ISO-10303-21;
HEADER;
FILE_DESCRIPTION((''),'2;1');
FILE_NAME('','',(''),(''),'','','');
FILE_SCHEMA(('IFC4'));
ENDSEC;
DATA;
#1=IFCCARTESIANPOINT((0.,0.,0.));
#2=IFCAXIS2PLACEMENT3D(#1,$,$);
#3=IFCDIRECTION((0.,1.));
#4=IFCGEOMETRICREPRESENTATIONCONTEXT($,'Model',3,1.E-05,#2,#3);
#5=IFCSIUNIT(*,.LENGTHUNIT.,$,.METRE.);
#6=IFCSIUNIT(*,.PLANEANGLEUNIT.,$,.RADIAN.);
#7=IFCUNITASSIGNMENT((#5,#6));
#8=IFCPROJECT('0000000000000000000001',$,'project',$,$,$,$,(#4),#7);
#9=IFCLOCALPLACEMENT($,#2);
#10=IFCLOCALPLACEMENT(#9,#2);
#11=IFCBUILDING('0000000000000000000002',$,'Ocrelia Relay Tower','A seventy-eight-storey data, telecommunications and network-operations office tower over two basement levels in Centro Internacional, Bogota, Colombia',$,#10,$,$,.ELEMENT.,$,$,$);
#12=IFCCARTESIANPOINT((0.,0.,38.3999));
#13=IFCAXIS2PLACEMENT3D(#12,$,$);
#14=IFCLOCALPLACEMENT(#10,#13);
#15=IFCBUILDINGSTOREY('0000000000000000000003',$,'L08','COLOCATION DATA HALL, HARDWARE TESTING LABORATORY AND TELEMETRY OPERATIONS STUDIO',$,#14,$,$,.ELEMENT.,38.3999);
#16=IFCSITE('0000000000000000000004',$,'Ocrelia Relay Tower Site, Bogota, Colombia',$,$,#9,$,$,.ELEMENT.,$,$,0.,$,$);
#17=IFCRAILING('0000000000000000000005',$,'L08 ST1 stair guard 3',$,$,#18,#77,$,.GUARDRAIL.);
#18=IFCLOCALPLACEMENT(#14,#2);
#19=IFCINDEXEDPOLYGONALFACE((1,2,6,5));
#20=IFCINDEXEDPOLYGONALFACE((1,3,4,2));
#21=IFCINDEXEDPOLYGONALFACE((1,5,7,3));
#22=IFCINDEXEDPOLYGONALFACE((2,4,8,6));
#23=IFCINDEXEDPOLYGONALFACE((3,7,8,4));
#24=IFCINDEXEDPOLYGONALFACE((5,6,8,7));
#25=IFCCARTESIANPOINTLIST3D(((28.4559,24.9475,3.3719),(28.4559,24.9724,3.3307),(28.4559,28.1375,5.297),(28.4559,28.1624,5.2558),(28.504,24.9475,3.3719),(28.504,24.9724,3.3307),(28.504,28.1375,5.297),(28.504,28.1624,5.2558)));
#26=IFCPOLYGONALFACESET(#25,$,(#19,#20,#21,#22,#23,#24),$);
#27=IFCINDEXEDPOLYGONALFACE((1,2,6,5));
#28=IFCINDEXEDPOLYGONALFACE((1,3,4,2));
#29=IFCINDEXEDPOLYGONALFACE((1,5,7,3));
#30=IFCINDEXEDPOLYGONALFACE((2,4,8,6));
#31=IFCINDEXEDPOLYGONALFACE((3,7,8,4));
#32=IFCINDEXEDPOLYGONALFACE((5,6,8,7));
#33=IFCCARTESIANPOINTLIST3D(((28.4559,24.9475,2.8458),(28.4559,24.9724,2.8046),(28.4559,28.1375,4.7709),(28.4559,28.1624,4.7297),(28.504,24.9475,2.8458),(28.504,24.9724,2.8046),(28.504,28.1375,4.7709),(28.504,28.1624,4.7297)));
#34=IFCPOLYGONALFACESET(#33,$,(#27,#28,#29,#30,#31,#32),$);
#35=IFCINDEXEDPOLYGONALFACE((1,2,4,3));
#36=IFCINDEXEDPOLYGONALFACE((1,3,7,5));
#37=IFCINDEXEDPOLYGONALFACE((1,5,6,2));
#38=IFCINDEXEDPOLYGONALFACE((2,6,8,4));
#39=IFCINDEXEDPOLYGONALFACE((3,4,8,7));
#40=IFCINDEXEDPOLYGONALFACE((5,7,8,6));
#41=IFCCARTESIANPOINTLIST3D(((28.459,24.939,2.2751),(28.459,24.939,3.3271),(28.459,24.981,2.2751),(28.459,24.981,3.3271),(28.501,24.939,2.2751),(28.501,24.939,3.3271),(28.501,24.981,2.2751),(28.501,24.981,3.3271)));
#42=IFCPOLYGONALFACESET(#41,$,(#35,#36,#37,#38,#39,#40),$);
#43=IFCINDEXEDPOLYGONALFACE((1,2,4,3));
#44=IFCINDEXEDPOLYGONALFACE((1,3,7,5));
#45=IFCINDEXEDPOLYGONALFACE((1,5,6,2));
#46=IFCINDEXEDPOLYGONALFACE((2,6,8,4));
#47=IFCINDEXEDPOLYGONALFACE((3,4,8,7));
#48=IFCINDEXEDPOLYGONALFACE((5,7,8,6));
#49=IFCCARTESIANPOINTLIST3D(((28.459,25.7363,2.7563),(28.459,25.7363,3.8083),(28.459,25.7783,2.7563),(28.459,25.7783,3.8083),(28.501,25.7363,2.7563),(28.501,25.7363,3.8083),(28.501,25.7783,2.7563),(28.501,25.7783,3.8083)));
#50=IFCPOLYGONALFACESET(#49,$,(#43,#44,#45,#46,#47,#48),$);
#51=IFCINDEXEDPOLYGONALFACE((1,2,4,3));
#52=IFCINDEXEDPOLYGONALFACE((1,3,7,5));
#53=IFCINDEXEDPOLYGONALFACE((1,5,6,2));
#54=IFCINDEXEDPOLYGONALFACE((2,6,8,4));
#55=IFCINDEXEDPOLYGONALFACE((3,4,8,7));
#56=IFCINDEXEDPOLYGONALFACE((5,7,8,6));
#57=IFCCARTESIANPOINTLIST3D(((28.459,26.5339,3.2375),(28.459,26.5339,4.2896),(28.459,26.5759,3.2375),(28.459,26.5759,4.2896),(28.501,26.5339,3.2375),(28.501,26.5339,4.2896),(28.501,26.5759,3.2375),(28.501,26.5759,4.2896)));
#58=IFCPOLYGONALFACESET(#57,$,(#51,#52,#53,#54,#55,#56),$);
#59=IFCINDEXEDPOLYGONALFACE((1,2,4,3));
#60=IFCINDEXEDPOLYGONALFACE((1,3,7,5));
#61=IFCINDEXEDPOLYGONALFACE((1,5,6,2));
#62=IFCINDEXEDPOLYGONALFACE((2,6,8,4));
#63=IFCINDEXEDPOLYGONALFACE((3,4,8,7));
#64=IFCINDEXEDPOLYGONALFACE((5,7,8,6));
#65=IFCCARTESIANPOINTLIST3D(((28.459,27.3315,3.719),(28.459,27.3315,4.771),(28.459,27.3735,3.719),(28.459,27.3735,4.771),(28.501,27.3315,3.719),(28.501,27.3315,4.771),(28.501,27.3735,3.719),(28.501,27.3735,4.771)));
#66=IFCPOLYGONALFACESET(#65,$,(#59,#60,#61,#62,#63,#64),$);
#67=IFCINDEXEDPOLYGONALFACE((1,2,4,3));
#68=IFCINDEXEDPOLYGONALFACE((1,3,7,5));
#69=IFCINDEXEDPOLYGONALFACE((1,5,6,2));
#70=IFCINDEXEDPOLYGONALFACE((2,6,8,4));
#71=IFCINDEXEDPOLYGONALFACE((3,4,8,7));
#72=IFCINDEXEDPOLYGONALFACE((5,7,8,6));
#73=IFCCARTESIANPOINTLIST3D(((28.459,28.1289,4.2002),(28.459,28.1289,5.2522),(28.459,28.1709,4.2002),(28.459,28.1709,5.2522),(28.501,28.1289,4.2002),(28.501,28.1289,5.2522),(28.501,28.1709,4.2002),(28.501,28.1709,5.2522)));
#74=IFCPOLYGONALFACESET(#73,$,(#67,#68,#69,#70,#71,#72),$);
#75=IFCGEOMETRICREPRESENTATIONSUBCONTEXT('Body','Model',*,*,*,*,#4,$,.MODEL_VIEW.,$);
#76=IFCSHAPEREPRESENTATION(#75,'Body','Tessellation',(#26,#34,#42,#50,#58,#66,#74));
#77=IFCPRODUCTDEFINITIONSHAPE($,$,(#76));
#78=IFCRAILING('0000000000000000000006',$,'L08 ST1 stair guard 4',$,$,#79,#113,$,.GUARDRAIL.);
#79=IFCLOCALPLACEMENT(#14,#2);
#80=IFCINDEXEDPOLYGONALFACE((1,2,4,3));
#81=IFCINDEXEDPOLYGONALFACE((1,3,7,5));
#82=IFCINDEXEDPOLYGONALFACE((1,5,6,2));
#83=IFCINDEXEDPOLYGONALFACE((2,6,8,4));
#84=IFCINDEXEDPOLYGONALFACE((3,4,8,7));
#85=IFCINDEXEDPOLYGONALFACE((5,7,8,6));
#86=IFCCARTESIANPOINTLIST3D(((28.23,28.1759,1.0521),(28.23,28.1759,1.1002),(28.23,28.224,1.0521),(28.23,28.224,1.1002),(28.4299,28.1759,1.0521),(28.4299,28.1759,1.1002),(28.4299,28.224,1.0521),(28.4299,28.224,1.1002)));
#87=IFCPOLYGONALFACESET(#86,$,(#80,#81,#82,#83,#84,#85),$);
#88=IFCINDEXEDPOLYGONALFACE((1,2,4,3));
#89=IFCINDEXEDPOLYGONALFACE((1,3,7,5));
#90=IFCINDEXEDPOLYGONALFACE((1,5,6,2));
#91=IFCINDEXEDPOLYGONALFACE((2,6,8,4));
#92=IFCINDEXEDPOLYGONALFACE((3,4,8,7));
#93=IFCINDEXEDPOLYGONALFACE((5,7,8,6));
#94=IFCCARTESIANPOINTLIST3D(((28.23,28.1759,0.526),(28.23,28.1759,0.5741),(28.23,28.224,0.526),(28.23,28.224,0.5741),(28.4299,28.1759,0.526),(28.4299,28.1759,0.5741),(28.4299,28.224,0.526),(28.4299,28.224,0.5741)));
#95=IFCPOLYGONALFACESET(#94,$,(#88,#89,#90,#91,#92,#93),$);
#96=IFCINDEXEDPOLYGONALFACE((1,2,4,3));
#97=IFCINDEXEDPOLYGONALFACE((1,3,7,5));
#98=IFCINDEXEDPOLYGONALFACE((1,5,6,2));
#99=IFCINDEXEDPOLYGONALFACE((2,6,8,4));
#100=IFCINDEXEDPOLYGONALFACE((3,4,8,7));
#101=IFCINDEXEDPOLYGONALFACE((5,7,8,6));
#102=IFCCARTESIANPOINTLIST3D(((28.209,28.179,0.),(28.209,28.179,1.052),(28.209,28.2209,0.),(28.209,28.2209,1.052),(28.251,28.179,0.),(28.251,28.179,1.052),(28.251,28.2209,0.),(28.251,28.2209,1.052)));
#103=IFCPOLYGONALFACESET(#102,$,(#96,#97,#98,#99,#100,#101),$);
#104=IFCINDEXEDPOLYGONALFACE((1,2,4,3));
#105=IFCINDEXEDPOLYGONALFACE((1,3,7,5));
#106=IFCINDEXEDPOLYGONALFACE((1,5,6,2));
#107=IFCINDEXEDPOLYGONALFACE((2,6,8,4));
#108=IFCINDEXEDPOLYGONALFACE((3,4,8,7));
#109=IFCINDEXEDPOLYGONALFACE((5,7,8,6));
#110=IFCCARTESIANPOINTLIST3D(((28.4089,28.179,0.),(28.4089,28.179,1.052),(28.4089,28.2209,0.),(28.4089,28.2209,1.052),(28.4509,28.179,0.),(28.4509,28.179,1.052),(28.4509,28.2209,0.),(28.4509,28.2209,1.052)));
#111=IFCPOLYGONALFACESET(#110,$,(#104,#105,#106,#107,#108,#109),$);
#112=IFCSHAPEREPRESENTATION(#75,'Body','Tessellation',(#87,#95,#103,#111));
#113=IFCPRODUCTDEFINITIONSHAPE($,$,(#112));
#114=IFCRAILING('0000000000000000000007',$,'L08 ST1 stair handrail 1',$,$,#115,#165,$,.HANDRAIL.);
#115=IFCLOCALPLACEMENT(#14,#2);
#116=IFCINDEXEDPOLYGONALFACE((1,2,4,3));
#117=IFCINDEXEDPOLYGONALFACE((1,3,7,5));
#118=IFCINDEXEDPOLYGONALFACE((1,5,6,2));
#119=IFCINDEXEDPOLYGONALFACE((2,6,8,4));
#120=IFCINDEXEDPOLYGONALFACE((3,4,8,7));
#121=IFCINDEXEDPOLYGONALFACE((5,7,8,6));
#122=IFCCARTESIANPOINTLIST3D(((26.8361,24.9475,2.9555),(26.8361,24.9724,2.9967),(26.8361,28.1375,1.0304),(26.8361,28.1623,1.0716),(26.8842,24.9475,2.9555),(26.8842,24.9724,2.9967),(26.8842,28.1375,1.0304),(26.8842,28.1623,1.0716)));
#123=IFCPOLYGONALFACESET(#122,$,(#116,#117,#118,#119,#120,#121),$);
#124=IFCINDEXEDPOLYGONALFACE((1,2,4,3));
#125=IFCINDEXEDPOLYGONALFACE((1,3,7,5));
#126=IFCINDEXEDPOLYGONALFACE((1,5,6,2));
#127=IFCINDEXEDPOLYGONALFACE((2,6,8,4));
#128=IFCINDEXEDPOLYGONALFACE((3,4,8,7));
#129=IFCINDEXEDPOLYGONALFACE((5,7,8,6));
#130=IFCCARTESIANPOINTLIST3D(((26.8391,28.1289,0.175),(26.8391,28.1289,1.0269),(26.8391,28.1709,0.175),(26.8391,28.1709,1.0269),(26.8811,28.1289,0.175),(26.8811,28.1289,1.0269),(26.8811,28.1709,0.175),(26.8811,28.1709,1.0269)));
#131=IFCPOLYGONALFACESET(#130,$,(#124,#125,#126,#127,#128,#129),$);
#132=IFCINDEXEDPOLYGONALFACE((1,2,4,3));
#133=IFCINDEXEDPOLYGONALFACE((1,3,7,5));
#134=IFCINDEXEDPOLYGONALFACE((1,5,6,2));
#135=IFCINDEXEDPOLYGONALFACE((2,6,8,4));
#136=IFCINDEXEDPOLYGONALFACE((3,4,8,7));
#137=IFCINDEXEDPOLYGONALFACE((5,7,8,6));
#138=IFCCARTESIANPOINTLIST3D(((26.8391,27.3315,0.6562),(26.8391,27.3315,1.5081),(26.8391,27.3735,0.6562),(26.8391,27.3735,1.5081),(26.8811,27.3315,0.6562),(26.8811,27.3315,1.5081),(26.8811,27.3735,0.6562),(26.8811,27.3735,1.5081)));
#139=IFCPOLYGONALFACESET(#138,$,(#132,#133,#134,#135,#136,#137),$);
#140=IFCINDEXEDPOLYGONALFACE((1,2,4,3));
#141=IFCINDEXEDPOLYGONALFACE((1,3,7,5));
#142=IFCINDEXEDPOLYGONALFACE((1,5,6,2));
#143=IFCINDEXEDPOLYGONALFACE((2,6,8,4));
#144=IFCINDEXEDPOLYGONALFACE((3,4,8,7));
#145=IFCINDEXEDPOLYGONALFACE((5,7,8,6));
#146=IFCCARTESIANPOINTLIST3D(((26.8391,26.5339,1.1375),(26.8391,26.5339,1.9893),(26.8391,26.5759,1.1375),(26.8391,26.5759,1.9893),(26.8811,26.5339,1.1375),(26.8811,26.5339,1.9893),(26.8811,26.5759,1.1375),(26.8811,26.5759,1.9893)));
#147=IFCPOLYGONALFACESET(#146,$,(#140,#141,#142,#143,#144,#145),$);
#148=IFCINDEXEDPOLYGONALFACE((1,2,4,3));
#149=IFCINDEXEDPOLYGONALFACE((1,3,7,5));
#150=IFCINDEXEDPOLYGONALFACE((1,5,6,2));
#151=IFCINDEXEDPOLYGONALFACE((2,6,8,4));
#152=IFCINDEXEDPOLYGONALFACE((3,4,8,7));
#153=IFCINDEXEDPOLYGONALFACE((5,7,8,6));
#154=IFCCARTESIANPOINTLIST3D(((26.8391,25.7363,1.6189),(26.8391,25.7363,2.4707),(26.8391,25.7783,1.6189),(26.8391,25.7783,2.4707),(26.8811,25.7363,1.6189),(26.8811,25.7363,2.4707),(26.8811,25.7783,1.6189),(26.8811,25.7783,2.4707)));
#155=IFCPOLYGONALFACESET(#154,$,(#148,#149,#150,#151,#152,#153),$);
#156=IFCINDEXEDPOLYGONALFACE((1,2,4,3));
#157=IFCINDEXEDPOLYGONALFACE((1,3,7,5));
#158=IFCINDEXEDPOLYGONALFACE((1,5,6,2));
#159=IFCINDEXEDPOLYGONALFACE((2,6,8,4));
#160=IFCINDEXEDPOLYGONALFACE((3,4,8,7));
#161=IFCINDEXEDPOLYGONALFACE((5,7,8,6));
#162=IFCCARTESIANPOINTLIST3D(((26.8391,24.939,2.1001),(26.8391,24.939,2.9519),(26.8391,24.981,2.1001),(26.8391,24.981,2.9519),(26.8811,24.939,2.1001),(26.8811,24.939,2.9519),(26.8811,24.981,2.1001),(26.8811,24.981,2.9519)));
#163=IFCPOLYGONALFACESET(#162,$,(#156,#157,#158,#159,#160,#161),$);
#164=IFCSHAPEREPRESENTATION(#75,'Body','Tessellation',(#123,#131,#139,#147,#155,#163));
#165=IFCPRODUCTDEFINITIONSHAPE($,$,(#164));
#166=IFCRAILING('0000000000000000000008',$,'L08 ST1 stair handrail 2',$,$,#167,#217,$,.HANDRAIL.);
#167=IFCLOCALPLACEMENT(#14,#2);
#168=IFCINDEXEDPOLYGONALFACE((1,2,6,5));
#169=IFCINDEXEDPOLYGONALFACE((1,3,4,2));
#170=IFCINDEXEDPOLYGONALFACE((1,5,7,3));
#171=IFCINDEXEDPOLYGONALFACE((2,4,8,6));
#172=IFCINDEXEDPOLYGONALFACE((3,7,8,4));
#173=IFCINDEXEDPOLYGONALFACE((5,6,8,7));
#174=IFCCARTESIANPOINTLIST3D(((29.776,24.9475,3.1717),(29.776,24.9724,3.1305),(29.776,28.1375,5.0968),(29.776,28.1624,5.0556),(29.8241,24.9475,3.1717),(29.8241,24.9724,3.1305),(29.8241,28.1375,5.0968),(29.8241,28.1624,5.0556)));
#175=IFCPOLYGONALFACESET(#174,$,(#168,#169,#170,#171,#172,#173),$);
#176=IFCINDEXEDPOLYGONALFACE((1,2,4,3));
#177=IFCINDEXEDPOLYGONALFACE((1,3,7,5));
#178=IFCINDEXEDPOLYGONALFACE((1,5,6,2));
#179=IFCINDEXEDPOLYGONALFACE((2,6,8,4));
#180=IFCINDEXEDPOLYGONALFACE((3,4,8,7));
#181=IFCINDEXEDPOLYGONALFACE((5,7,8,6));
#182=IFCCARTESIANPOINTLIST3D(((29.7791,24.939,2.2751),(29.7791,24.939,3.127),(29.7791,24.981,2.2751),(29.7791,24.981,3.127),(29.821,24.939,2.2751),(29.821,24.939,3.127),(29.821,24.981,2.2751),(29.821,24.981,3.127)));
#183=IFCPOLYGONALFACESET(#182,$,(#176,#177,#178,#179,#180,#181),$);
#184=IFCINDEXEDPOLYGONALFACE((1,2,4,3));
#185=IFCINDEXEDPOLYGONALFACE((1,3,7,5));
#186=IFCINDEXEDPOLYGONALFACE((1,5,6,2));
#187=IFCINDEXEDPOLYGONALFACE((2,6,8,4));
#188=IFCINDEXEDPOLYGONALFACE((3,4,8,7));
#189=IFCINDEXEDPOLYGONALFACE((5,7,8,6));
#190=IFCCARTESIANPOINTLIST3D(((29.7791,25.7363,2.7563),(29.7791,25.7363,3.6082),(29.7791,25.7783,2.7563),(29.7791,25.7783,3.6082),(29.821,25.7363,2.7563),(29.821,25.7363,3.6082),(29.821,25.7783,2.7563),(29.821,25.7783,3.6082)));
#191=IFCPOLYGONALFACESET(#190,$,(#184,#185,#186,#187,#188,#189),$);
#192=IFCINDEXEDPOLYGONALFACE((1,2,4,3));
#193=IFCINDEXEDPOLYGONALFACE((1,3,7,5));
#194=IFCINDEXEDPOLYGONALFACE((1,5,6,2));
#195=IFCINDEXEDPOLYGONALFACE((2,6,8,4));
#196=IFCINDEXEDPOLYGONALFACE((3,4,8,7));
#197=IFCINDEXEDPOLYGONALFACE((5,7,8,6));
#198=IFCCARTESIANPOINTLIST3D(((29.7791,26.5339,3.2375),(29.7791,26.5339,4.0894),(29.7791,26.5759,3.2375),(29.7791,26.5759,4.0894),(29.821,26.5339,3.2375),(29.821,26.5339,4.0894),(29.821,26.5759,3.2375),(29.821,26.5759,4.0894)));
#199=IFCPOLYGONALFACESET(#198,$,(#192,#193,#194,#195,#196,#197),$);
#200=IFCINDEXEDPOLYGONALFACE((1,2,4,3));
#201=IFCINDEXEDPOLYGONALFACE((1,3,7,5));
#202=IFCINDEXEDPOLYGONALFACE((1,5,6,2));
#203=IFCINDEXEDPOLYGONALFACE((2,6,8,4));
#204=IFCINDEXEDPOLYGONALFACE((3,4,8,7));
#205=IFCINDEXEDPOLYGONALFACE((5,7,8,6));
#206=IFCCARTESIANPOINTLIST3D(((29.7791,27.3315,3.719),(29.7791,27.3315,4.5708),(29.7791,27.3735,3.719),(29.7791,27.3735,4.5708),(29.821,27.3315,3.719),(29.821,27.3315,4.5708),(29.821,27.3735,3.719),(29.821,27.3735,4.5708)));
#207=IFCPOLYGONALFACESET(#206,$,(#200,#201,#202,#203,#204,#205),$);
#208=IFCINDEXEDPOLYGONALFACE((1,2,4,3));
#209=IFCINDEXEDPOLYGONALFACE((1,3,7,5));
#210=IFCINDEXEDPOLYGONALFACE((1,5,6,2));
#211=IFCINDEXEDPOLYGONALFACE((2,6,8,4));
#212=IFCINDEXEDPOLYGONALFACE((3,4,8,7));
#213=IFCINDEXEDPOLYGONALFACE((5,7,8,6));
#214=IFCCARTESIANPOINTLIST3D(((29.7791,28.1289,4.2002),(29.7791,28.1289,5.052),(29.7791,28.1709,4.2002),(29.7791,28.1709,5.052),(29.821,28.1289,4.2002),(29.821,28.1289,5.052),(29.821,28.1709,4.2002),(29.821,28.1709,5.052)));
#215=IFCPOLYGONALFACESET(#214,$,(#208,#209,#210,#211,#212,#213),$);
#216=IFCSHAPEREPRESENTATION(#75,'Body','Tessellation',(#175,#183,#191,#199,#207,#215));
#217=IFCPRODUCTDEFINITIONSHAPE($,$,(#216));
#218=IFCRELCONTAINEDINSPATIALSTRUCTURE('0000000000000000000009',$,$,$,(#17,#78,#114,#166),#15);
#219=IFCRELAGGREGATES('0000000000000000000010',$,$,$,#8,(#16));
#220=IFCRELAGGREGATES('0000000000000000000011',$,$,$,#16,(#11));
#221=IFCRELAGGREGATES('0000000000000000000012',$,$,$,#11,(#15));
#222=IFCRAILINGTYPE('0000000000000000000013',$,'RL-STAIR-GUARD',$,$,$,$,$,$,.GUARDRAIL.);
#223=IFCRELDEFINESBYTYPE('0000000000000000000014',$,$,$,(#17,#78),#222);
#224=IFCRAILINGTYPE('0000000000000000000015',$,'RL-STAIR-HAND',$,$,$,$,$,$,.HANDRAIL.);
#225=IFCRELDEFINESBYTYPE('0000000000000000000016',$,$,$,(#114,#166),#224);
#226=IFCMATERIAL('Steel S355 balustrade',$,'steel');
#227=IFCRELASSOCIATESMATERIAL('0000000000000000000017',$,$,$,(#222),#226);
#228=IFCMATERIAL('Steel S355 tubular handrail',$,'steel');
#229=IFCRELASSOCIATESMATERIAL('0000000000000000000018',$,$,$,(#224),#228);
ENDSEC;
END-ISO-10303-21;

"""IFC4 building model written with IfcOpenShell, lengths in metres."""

from ifc_helpers import new_model, si_unit, direction, frame, origin, origin_2d, place, context, subcontext, project, spatial, rectangle, extrude, material, type_object, element, save


model = new_model("IFC4")

# Units and contexts
model_context = context("Model", 3, precision=1e-05, world=origin(), true_north=direction((0.0, 1.0)))
body_context = subcontext(model_context, "Body", "Model", "MODEL_VIEW")
ifc_project = project(units=[si_unit("LENGTHUNIT", "METRE"), si_unit("PLANEANGLEUNIT", "RADIAN")], contexts=[model_context])

# Site, building, storey
site_placement = place(None, origin())
site = spatial("IfcSite", under=ifc_project, at=site_placement, Name="Ocrelia Relay Tower Site, Bogota, Colombia", CompositionType="ELEMENT", RefElevation=0.0)
building_placement = place(site_placement, origin())
building = spatial("IfcBuilding", under=site, at=building_placement, Name="Ocrelia Relay Tower", Description="A seventy-eight-storey data, telecommunications and network-operations office tower over two basement levels in Centro Internacional, Bogota, Colombia", CompositionType="ELEMENT")
storey_placement = place(building_placement, frame((0.0, 0.0, 38.3999)))
storey = spatial("IfcBuildingStorey", under=building, at=storey_placement, Name="L08", Description="COLOCATION DATA HALL, HARDWARE TESTING LABORATORY AND TELEMETRY OPERATIONS STUDIO", CompositionType="ELEMENT", Elevation=38.3999)

# Railings
ifc_material_1 = material(Name="Steel S355 balustrade", Category="steel")
railing_type_1 = type_object("IfcRailingType", Name="RL-STAIR-GUARD", PredefinedType="GUARDRAIL", material=ifc_material_1)
railing_1_placement = place(storey_placement, frame((28.48, 24.96, 2.2751)))
element("IfcRailing", 1, at=railing_1_placement, inside=storey, type_object=railing_type_1, Name="L08 ST1 stair guard 3", PredefinedType="GUARDRAIL", context=body_context, shape_type="SweptSolid", body=[
    extrude(rectangle(XDim=0.0481, YDim=0.0481, at=origin_2d()), frame((0.0, 0.0, 1.0762), z_axis=(0.0, 0.856178, 0.516682), x_axis=(-1.0, 0.0, 0.0)), (0.0, 0.0, 1.0), 3.7258),
    extrude(rectangle(XDim=0.0481, YDim=0.0481, at=origin_2d()), frame((0.0, 0.0, 0.55), z_axis=(0.0, 0.856178, 0.516682), x_axis=(-1.0, 0.0, 0.0)), (0.0, 0.0, 1.0), 3.7258),
    extrude(rectangle(XDim=0.042, YDim=0.042, at=origin_2d()), origin(), (0.0, 0.0, 1.0), 1.052),
    extrude(rectangle(XDim=0.042, YDim=0.042, at=origin_2d()), frame((0.0, 0.7974, 0.4812)), (0.0, 0.0, 1.0), 1.052),
    extrude(rectangle(XDim=0.042, YDim=0.042, at=origin_2d()), frame((0.0, 1.595, 0.9624)), (0.0, 0.0, 1.0), 1.052),
    extrude(rectangle(XDim=0.042, YDim=0.042, at=origin_2d()), frame((0.0, 2.3926, 1.4438)), (0.0, 0.0, 1.0), 1.052),
    extrude(rectangle(XDim=0.042, YDim=0.042, at=origin_2d()), frame((0.0, 3.1899, 1.925)), (0.0, 0.0, 1.0), 1.052),
])
railing_2_placement = place(storey_placement, frame((28.23, 28.2, 0.0)))
element("IfcRailing", 2, at=railing_2_placement, inside=storey, type_object=railing_type_1, Name="L08 ST1 stair guard 4", PredefinedType="GUARDRAIL", context=body_context, shape_type="SweptSolid", body=[
    extrude(rectangle(XDim=0.0481, YDim=0.0481, at=origin_2d()), frame((0.0, 0.0, 1.0762), z_axis=(1.0, 0.0, 0.0), x_axis=(0.0, 1.0, 0.0)), (0.0, 0.0, 1.0), 0.2),
    extrude(rectangle(XDim=0.0481, YDim=0.0481, at=origin_2d()), frame((0.0, 0.0, 0.55), z_axis=(1.0, 0.0, 0.0), x_axis=(0.0, 1.0, 0.0)), (0.0, 0.0, 1.0), 0.2),
    extrude(rectangle(XDim=0.042, YDim=0.042, at=origin_2d()), origin(), (0.0, 0.0, 1.0), 1.052),
    extrude(rectangle(XDim=0.042, YDim=0.042, at=origin_2d()), frame((0.2, 0.0, 0.0)), (0.0, 0.0, 1.0), 1.052),
])
ifc_material_2 = material(Name="Steel S355 tubular handrail", Category="steel")
railing_type_2 = type_object("IfcRailingType", Name="RL-STAIR-HAND", PredefinedType="HANDRAIL", material=ifc_material_2)
railing_3_placement = place(storey_placement, frame((26.8601, 28.1499, 0.175)))
element("IfcRailing", 3, at=railing_3_placement, inside=storey, type_object=railing_type_2, Name="L08 ST1 stair handrail 1", PredefinedType="HANDRAIL", context=body_context, shape_type="SweptSolid", body=[
    extrude(rectangle(XDim=0.0481, YDim=0.0481, at=origin_2d()), frame((0.0, 0.0, 0.876), z_axis=(0.0, -0.856178, 0.516682), x_axis=(1.0, 0.0, 0.0)), (0.0, 0.0, 1.0), 3.7258),
    extrude(rectangle(XDim=0.042, YDim=0.042, at=origin_2d()), origin(), (0.0, 0.0, 1.0), 0.8518),
    extrude(rectangle(XDim=0.042, YDim=0.042, at=origin_2d()), frame((0.0, -0.7974, 0.4812)), (0.0, 0.0, 1.0), 0.8518),
    extrude(rectangle(XDim=0.042, YDim=0.042, at=origin_2d()), frame((0.0, -1.595, 0.9624)), (0.0, 0.0, 1.0), 0.8518),
    extrude(rectangle(XDim=0.042, YDim=0.042, at=origin_2d()), frame((0.0, -2.3926, 1.4438)), (0.0, 0.0, 1.0), 0.8518),
    extrude(rectangle(XDim=0.042, YDim=0.042, at=origin_2d()), frame((0.0, -3.1899, 1.925)), (0.0, 0.0, 1.0), 0.8518),
])
railing_4_placement = place(storey_placement, frame((29.8, 24.96, 2.2751)))
element("IfcRailing", 4, at=railing_4_placement, inside=storey, type_object=railing_type_2, Name="L08 ST1 stair handrail 2", PredefinedType="HANDRAIL", context=body_context, shape_type="SweptSolid", body=[
    extrude(rectangle(XDim=0.0481, YDim=0.0481, at=origin_2d()), frame((0.0, 0.0, 0.876), z_axis=(0.0, 0.856178, 0.516682), x_axis=(-1.0, 0.0, 0.0)), (0.0, 0.0, 1.0), 3.7258),
    extrude(rectangle(XDim=0.042, YDim=0.042, at=origin_2d()), origin(), (0.0, 0.0, 1.0), 0.8518),
    extrude(rectangle(XDim=0.042, YDim=0.042, at=origin_2d()), frame((0.0, 0.7974, 0.4812)), (0.0, 0.0, 1.0), 0.8518),
    extrude(rectangle(XDim=0.042, YDim=0.042, at=origin_2d()), frame((0.0, 1.595, 0.9624)), (0.0, 0.0, 1.0), 0.8518),
    extrude(rectangle(XDim=0.042, YDim=0.042, at=origin_2d()), frame((0.0, 2.3926, 1.4438)), (0.0, 0.0, 1.0), 0.8518),
    extrude(rectangle(XDim=0.042, YDim=0.042, at=origin_2d()), frame((0.0, 3.1899, 1.925)), (0.0, 0.0, 1.0), 0.8518),
])

save(model, "model.ifc")
